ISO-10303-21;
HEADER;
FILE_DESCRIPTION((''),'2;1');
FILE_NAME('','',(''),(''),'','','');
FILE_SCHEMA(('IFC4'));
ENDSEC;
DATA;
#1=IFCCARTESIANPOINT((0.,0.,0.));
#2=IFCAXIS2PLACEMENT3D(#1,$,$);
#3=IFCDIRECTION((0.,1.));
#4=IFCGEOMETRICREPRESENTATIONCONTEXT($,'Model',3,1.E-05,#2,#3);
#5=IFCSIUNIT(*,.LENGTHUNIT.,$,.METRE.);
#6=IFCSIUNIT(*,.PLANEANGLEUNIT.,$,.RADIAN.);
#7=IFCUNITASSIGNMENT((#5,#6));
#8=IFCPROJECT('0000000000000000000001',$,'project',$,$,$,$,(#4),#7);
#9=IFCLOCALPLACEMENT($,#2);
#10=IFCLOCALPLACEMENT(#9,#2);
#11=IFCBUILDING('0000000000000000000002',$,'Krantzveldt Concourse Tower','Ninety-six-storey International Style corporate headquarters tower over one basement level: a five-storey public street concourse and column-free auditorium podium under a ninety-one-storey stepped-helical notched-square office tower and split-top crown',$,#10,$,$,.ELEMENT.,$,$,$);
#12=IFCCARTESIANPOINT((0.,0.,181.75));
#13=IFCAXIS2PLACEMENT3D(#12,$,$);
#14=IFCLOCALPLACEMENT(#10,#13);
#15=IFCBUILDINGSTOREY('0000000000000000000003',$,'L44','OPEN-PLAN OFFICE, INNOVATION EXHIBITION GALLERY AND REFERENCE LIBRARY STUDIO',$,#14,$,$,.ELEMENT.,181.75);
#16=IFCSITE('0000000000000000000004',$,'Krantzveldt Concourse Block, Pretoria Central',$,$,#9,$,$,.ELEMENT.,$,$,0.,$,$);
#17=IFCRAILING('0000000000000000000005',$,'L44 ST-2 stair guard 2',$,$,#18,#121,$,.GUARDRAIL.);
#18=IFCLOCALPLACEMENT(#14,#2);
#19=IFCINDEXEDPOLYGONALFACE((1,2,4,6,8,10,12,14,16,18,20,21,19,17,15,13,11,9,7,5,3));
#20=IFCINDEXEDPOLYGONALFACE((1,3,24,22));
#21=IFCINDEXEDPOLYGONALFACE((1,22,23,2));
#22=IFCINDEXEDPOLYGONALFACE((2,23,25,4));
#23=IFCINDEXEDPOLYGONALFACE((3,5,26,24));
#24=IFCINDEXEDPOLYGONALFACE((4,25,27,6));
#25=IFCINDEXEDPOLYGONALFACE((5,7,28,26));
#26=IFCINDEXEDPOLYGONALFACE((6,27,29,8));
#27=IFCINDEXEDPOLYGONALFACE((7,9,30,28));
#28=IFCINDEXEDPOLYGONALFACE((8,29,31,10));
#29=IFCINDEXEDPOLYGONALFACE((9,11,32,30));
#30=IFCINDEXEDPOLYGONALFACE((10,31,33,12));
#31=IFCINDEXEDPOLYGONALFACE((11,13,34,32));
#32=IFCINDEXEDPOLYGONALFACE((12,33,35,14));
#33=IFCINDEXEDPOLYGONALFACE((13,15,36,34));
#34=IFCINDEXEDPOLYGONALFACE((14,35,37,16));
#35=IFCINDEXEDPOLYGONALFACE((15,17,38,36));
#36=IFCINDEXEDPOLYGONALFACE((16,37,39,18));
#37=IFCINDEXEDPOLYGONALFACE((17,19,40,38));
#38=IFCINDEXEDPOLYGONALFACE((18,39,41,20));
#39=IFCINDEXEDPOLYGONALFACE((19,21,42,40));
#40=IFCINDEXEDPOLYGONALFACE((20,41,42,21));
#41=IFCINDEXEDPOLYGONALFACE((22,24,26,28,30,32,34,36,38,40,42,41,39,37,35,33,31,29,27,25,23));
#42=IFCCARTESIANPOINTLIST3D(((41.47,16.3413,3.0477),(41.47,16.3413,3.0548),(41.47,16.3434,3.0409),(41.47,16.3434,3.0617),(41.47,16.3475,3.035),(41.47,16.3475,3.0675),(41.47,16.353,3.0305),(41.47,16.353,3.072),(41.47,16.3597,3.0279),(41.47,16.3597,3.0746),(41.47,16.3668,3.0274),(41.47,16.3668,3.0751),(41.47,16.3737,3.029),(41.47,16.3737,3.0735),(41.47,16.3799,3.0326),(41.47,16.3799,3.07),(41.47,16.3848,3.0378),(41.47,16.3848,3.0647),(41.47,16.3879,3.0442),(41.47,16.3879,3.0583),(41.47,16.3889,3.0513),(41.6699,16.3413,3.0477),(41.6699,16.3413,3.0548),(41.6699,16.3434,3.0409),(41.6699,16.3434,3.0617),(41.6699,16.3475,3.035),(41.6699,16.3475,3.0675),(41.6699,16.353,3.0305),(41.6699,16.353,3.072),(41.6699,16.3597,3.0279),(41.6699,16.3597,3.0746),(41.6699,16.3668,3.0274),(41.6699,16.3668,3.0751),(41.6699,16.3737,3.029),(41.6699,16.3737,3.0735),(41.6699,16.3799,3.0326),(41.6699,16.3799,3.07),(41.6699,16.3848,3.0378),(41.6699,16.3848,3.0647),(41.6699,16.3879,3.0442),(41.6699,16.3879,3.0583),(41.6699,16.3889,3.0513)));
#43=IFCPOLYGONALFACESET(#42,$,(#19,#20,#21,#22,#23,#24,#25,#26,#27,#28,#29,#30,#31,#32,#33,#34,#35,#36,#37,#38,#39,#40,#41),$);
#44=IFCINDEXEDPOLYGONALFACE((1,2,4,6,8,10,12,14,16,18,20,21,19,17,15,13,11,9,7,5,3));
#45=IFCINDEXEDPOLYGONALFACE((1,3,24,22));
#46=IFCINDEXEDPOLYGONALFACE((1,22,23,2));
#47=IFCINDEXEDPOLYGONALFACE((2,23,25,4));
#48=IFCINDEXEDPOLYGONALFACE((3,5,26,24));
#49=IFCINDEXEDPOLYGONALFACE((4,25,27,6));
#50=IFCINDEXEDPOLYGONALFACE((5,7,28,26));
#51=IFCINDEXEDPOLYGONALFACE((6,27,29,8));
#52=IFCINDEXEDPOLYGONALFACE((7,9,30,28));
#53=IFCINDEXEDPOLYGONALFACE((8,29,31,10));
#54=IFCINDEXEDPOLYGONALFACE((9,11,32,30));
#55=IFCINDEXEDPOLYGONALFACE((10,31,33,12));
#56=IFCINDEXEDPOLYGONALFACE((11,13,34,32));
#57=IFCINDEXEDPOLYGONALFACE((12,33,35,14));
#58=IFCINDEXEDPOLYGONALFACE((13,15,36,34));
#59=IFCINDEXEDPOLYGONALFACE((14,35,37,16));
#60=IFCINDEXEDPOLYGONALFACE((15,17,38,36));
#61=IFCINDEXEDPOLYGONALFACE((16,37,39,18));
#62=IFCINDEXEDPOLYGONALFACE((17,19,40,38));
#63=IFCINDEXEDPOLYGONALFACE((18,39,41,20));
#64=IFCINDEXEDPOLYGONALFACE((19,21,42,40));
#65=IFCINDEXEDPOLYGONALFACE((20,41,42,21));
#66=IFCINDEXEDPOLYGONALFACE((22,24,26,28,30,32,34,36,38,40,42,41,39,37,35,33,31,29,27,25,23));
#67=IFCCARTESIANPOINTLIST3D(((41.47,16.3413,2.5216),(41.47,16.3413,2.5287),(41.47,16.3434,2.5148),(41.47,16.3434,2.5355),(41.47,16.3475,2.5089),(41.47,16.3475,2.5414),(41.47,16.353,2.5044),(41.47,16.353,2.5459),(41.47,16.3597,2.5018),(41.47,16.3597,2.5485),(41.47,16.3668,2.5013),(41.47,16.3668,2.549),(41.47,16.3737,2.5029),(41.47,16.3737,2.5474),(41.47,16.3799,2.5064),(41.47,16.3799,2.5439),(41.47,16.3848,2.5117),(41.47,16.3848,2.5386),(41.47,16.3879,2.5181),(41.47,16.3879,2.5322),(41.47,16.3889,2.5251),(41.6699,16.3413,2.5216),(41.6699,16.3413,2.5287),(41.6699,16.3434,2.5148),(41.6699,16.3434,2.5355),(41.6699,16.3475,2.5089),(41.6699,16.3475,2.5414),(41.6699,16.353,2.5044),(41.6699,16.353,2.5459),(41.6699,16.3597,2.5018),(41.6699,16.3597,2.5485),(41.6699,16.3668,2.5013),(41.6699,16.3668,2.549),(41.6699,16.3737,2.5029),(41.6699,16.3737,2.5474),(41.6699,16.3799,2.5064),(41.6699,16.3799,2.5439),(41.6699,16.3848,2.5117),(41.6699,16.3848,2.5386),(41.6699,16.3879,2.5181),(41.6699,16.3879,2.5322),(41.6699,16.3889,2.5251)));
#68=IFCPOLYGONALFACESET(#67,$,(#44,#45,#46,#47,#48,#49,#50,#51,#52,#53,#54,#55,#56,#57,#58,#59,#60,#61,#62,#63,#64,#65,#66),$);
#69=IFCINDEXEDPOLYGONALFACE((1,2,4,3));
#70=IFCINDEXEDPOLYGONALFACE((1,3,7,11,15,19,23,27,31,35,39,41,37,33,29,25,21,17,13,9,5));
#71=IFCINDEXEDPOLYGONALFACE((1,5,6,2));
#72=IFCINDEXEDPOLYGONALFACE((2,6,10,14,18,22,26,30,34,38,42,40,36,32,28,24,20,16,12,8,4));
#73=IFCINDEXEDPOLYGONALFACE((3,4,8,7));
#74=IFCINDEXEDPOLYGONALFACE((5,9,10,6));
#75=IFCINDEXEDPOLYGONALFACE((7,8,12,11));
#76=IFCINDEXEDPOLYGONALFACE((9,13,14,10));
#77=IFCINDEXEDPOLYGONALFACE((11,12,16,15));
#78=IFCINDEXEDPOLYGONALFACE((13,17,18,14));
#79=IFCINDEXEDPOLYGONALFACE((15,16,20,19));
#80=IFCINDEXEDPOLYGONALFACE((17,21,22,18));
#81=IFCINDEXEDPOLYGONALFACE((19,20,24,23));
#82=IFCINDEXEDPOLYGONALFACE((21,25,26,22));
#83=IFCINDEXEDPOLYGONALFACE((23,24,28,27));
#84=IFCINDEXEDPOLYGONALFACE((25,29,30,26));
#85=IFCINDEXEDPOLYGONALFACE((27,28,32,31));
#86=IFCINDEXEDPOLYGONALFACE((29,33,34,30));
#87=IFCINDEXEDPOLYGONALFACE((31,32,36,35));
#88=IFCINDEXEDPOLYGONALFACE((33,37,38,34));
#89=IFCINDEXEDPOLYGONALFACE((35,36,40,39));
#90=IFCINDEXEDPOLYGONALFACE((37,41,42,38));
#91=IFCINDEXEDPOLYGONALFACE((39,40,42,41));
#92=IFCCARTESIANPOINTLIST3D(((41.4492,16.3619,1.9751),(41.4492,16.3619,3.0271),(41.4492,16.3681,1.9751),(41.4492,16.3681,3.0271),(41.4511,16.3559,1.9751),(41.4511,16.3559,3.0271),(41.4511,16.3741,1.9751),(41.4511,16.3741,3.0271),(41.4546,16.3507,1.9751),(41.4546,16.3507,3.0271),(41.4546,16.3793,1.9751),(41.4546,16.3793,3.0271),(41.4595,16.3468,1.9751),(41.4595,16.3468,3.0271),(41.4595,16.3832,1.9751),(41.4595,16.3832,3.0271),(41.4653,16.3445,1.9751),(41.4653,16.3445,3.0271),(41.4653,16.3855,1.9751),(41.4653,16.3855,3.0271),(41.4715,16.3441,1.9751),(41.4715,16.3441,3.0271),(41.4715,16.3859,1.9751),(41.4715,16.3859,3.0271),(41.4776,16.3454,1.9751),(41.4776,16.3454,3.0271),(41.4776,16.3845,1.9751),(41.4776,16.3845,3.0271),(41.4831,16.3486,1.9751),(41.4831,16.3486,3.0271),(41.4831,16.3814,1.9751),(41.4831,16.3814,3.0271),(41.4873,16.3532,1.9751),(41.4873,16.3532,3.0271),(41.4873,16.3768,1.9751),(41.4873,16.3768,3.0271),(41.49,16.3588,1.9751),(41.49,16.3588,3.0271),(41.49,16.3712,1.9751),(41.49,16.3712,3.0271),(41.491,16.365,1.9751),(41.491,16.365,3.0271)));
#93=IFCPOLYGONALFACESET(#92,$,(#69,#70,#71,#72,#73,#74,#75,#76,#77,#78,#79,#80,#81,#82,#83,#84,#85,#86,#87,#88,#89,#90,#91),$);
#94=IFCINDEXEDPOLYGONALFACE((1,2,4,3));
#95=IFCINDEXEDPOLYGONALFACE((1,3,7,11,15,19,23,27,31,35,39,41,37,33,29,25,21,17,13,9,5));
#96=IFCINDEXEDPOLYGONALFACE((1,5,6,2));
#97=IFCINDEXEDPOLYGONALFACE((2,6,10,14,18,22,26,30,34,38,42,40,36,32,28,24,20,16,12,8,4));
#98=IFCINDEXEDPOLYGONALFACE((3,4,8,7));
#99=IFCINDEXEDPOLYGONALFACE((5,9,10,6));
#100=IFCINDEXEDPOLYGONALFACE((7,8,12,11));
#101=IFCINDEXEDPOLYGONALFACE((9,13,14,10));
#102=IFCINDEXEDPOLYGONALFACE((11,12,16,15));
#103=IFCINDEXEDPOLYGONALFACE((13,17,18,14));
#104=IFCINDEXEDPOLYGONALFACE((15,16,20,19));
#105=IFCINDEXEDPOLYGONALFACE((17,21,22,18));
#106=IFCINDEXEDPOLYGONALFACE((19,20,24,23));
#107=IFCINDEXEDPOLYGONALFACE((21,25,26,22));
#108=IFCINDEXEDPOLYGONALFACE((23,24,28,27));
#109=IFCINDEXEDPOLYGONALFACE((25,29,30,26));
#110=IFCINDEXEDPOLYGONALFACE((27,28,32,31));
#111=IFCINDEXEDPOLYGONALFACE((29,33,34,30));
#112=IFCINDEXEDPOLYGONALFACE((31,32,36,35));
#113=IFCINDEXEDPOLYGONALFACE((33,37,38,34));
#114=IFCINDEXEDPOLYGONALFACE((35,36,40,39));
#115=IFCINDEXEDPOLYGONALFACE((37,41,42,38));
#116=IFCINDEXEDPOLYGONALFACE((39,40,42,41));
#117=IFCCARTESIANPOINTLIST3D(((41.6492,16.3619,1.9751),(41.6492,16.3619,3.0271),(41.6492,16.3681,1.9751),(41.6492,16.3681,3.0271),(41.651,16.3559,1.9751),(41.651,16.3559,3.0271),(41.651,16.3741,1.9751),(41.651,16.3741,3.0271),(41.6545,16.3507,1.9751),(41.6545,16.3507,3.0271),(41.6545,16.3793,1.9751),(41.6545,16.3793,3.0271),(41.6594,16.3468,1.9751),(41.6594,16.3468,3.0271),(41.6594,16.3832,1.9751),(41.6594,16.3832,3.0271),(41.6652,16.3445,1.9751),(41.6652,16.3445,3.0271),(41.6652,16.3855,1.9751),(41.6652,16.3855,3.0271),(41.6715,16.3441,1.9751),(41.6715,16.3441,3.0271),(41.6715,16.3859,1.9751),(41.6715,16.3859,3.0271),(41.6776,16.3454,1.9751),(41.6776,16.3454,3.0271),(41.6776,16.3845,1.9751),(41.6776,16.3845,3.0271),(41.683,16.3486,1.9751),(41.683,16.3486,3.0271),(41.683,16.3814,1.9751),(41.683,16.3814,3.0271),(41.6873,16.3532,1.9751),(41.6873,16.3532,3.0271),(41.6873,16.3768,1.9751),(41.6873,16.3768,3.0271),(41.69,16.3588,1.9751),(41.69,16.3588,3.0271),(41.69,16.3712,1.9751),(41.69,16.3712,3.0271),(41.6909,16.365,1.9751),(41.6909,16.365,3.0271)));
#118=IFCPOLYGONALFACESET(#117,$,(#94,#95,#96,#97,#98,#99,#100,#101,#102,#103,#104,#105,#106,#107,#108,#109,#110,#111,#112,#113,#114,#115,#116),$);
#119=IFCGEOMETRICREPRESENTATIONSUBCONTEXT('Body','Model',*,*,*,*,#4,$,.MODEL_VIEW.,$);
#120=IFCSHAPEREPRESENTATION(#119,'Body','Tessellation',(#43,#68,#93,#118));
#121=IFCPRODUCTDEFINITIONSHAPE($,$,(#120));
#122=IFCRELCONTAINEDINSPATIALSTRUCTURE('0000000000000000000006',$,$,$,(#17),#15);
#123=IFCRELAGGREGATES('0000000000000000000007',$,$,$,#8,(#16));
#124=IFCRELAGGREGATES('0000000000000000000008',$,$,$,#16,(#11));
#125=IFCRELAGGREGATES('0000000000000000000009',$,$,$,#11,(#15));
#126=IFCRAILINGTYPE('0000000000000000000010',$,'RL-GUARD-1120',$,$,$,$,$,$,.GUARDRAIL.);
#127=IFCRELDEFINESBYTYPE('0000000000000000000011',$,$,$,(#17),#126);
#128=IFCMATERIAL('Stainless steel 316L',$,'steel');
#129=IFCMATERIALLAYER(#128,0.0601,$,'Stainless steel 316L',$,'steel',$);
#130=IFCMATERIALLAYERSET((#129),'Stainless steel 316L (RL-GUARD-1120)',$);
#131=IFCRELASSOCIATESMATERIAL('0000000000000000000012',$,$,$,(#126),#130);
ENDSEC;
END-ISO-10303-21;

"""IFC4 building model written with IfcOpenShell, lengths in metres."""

from ifc_helpers import new_model, si_unit, direction, frame, origin, origin_2d, place, context, subcontext, project, spatial, circle, extrude, material, layer, layer_set, type_object, element, save


model = new_model("IFC4")

# Units and contexts
model_context = context("Model", 3, precision=1e-05, world=origin(), true_north=direction((0.0, 1.0)))
body_context = subcontext(model_context, "Body", "Model", "MODEL_VIEW")
ifc_project = project(units=[si_unit("LENGTHUNIT", "METRE"), si_unit("PLANEANGLEUNIT", "RADIAN")], contexts=[model_context])

# Site, building, storey
site_placement = place(None, origin())
site = spatial("IfcSite", under=ifc_project, at=site_placement, Name="Krantzveldt Concourse Block, Pretoria Central", CompositionType="ELEMENT", RefElevation=0.0)
building_placement = place(site_placement, origin())
building = spatial("IfcBuilding", under=site, at=building_placement, Name="Krantzveldt Concourse Tower", Description="Ninety-six-storey International Style corporate headquarters tower over one basement level: a five-storey public street concourse and column-free auditorium podium under a ninety-one-storey stepped-helical notched-square office tower and split-top crown", CompositionType="ELEMENT")
storey_placement = place(building_placement, frame((0.0, 0.0, 181.75)))
storey = spatial("IfcBuildingStorey", under=building, at=storey_placement, Name="L44", Description="OPEN-PLAN OFFICE, INNOVATION EXHIBITION GALLERY AND REFERENCE LIBRARY STUDIO", CompositionType="ELEMENT", Elevation=181.75)

# Shared definitions
ifc_material_1 = material(Name="Stainless steel 316L", Category="steel")

# Railing
ifc_layer_1 = layer(ifc_material_1, 0.0601, Name="Stainless steel 316L", Category="steel")
ifc_layer_set_1 = layer_set([ifc_layer_1], Name="Stainless steel 316L (RL-GUARD-1120)")
railing_type_1 = type_object("IfcRailingType", Name="RL-GUARD-1120", PredefinedType="GUARDRAIL", material=ifc_layer_set_1)
railing_1_placement = place(storey_placement, frame((41.47, 16.365, 1.9751)))
element("IfcRailing", 1, at=railing_1_placement, inside=storey, type_object=railing_type_1, Name="L44 ST-2 stair guard 2", PredefinedType="GUARDRAIL", context=body_context, shape_type="SweptSolid", body=[
    extrude(circle(Radius=0.0239, at=origin_2d()), frame((0.0, 0.0, 1.0762), z_axis=(1.0, 0.0, 0.0), x_axis=(0.0, 1.0, 0.0)), (0.0, 0.0, 1.0), 0.2),
    extrude(circle(Radius=0.0239, at=origin_2d()), frame((0.0, 0.0, 0.55), z_axis=(1.0, 0.0, 0.0), x_axis=(0.0, 1.0, 0.0)), (0.0, 0.0, 1.0), 0.2),
    extrude(circle(Radius=0.021, at=origin_2d()), origin(), (0.0, 0.0, 1.0), 1.052),
    extrude(circle(Radius=0.021, at=origin_2d()), frame((0.2, 0.0, 0.0)), (0.0, 0.0, 1.0), 1.052),
])

save(model, "model.ifc")
